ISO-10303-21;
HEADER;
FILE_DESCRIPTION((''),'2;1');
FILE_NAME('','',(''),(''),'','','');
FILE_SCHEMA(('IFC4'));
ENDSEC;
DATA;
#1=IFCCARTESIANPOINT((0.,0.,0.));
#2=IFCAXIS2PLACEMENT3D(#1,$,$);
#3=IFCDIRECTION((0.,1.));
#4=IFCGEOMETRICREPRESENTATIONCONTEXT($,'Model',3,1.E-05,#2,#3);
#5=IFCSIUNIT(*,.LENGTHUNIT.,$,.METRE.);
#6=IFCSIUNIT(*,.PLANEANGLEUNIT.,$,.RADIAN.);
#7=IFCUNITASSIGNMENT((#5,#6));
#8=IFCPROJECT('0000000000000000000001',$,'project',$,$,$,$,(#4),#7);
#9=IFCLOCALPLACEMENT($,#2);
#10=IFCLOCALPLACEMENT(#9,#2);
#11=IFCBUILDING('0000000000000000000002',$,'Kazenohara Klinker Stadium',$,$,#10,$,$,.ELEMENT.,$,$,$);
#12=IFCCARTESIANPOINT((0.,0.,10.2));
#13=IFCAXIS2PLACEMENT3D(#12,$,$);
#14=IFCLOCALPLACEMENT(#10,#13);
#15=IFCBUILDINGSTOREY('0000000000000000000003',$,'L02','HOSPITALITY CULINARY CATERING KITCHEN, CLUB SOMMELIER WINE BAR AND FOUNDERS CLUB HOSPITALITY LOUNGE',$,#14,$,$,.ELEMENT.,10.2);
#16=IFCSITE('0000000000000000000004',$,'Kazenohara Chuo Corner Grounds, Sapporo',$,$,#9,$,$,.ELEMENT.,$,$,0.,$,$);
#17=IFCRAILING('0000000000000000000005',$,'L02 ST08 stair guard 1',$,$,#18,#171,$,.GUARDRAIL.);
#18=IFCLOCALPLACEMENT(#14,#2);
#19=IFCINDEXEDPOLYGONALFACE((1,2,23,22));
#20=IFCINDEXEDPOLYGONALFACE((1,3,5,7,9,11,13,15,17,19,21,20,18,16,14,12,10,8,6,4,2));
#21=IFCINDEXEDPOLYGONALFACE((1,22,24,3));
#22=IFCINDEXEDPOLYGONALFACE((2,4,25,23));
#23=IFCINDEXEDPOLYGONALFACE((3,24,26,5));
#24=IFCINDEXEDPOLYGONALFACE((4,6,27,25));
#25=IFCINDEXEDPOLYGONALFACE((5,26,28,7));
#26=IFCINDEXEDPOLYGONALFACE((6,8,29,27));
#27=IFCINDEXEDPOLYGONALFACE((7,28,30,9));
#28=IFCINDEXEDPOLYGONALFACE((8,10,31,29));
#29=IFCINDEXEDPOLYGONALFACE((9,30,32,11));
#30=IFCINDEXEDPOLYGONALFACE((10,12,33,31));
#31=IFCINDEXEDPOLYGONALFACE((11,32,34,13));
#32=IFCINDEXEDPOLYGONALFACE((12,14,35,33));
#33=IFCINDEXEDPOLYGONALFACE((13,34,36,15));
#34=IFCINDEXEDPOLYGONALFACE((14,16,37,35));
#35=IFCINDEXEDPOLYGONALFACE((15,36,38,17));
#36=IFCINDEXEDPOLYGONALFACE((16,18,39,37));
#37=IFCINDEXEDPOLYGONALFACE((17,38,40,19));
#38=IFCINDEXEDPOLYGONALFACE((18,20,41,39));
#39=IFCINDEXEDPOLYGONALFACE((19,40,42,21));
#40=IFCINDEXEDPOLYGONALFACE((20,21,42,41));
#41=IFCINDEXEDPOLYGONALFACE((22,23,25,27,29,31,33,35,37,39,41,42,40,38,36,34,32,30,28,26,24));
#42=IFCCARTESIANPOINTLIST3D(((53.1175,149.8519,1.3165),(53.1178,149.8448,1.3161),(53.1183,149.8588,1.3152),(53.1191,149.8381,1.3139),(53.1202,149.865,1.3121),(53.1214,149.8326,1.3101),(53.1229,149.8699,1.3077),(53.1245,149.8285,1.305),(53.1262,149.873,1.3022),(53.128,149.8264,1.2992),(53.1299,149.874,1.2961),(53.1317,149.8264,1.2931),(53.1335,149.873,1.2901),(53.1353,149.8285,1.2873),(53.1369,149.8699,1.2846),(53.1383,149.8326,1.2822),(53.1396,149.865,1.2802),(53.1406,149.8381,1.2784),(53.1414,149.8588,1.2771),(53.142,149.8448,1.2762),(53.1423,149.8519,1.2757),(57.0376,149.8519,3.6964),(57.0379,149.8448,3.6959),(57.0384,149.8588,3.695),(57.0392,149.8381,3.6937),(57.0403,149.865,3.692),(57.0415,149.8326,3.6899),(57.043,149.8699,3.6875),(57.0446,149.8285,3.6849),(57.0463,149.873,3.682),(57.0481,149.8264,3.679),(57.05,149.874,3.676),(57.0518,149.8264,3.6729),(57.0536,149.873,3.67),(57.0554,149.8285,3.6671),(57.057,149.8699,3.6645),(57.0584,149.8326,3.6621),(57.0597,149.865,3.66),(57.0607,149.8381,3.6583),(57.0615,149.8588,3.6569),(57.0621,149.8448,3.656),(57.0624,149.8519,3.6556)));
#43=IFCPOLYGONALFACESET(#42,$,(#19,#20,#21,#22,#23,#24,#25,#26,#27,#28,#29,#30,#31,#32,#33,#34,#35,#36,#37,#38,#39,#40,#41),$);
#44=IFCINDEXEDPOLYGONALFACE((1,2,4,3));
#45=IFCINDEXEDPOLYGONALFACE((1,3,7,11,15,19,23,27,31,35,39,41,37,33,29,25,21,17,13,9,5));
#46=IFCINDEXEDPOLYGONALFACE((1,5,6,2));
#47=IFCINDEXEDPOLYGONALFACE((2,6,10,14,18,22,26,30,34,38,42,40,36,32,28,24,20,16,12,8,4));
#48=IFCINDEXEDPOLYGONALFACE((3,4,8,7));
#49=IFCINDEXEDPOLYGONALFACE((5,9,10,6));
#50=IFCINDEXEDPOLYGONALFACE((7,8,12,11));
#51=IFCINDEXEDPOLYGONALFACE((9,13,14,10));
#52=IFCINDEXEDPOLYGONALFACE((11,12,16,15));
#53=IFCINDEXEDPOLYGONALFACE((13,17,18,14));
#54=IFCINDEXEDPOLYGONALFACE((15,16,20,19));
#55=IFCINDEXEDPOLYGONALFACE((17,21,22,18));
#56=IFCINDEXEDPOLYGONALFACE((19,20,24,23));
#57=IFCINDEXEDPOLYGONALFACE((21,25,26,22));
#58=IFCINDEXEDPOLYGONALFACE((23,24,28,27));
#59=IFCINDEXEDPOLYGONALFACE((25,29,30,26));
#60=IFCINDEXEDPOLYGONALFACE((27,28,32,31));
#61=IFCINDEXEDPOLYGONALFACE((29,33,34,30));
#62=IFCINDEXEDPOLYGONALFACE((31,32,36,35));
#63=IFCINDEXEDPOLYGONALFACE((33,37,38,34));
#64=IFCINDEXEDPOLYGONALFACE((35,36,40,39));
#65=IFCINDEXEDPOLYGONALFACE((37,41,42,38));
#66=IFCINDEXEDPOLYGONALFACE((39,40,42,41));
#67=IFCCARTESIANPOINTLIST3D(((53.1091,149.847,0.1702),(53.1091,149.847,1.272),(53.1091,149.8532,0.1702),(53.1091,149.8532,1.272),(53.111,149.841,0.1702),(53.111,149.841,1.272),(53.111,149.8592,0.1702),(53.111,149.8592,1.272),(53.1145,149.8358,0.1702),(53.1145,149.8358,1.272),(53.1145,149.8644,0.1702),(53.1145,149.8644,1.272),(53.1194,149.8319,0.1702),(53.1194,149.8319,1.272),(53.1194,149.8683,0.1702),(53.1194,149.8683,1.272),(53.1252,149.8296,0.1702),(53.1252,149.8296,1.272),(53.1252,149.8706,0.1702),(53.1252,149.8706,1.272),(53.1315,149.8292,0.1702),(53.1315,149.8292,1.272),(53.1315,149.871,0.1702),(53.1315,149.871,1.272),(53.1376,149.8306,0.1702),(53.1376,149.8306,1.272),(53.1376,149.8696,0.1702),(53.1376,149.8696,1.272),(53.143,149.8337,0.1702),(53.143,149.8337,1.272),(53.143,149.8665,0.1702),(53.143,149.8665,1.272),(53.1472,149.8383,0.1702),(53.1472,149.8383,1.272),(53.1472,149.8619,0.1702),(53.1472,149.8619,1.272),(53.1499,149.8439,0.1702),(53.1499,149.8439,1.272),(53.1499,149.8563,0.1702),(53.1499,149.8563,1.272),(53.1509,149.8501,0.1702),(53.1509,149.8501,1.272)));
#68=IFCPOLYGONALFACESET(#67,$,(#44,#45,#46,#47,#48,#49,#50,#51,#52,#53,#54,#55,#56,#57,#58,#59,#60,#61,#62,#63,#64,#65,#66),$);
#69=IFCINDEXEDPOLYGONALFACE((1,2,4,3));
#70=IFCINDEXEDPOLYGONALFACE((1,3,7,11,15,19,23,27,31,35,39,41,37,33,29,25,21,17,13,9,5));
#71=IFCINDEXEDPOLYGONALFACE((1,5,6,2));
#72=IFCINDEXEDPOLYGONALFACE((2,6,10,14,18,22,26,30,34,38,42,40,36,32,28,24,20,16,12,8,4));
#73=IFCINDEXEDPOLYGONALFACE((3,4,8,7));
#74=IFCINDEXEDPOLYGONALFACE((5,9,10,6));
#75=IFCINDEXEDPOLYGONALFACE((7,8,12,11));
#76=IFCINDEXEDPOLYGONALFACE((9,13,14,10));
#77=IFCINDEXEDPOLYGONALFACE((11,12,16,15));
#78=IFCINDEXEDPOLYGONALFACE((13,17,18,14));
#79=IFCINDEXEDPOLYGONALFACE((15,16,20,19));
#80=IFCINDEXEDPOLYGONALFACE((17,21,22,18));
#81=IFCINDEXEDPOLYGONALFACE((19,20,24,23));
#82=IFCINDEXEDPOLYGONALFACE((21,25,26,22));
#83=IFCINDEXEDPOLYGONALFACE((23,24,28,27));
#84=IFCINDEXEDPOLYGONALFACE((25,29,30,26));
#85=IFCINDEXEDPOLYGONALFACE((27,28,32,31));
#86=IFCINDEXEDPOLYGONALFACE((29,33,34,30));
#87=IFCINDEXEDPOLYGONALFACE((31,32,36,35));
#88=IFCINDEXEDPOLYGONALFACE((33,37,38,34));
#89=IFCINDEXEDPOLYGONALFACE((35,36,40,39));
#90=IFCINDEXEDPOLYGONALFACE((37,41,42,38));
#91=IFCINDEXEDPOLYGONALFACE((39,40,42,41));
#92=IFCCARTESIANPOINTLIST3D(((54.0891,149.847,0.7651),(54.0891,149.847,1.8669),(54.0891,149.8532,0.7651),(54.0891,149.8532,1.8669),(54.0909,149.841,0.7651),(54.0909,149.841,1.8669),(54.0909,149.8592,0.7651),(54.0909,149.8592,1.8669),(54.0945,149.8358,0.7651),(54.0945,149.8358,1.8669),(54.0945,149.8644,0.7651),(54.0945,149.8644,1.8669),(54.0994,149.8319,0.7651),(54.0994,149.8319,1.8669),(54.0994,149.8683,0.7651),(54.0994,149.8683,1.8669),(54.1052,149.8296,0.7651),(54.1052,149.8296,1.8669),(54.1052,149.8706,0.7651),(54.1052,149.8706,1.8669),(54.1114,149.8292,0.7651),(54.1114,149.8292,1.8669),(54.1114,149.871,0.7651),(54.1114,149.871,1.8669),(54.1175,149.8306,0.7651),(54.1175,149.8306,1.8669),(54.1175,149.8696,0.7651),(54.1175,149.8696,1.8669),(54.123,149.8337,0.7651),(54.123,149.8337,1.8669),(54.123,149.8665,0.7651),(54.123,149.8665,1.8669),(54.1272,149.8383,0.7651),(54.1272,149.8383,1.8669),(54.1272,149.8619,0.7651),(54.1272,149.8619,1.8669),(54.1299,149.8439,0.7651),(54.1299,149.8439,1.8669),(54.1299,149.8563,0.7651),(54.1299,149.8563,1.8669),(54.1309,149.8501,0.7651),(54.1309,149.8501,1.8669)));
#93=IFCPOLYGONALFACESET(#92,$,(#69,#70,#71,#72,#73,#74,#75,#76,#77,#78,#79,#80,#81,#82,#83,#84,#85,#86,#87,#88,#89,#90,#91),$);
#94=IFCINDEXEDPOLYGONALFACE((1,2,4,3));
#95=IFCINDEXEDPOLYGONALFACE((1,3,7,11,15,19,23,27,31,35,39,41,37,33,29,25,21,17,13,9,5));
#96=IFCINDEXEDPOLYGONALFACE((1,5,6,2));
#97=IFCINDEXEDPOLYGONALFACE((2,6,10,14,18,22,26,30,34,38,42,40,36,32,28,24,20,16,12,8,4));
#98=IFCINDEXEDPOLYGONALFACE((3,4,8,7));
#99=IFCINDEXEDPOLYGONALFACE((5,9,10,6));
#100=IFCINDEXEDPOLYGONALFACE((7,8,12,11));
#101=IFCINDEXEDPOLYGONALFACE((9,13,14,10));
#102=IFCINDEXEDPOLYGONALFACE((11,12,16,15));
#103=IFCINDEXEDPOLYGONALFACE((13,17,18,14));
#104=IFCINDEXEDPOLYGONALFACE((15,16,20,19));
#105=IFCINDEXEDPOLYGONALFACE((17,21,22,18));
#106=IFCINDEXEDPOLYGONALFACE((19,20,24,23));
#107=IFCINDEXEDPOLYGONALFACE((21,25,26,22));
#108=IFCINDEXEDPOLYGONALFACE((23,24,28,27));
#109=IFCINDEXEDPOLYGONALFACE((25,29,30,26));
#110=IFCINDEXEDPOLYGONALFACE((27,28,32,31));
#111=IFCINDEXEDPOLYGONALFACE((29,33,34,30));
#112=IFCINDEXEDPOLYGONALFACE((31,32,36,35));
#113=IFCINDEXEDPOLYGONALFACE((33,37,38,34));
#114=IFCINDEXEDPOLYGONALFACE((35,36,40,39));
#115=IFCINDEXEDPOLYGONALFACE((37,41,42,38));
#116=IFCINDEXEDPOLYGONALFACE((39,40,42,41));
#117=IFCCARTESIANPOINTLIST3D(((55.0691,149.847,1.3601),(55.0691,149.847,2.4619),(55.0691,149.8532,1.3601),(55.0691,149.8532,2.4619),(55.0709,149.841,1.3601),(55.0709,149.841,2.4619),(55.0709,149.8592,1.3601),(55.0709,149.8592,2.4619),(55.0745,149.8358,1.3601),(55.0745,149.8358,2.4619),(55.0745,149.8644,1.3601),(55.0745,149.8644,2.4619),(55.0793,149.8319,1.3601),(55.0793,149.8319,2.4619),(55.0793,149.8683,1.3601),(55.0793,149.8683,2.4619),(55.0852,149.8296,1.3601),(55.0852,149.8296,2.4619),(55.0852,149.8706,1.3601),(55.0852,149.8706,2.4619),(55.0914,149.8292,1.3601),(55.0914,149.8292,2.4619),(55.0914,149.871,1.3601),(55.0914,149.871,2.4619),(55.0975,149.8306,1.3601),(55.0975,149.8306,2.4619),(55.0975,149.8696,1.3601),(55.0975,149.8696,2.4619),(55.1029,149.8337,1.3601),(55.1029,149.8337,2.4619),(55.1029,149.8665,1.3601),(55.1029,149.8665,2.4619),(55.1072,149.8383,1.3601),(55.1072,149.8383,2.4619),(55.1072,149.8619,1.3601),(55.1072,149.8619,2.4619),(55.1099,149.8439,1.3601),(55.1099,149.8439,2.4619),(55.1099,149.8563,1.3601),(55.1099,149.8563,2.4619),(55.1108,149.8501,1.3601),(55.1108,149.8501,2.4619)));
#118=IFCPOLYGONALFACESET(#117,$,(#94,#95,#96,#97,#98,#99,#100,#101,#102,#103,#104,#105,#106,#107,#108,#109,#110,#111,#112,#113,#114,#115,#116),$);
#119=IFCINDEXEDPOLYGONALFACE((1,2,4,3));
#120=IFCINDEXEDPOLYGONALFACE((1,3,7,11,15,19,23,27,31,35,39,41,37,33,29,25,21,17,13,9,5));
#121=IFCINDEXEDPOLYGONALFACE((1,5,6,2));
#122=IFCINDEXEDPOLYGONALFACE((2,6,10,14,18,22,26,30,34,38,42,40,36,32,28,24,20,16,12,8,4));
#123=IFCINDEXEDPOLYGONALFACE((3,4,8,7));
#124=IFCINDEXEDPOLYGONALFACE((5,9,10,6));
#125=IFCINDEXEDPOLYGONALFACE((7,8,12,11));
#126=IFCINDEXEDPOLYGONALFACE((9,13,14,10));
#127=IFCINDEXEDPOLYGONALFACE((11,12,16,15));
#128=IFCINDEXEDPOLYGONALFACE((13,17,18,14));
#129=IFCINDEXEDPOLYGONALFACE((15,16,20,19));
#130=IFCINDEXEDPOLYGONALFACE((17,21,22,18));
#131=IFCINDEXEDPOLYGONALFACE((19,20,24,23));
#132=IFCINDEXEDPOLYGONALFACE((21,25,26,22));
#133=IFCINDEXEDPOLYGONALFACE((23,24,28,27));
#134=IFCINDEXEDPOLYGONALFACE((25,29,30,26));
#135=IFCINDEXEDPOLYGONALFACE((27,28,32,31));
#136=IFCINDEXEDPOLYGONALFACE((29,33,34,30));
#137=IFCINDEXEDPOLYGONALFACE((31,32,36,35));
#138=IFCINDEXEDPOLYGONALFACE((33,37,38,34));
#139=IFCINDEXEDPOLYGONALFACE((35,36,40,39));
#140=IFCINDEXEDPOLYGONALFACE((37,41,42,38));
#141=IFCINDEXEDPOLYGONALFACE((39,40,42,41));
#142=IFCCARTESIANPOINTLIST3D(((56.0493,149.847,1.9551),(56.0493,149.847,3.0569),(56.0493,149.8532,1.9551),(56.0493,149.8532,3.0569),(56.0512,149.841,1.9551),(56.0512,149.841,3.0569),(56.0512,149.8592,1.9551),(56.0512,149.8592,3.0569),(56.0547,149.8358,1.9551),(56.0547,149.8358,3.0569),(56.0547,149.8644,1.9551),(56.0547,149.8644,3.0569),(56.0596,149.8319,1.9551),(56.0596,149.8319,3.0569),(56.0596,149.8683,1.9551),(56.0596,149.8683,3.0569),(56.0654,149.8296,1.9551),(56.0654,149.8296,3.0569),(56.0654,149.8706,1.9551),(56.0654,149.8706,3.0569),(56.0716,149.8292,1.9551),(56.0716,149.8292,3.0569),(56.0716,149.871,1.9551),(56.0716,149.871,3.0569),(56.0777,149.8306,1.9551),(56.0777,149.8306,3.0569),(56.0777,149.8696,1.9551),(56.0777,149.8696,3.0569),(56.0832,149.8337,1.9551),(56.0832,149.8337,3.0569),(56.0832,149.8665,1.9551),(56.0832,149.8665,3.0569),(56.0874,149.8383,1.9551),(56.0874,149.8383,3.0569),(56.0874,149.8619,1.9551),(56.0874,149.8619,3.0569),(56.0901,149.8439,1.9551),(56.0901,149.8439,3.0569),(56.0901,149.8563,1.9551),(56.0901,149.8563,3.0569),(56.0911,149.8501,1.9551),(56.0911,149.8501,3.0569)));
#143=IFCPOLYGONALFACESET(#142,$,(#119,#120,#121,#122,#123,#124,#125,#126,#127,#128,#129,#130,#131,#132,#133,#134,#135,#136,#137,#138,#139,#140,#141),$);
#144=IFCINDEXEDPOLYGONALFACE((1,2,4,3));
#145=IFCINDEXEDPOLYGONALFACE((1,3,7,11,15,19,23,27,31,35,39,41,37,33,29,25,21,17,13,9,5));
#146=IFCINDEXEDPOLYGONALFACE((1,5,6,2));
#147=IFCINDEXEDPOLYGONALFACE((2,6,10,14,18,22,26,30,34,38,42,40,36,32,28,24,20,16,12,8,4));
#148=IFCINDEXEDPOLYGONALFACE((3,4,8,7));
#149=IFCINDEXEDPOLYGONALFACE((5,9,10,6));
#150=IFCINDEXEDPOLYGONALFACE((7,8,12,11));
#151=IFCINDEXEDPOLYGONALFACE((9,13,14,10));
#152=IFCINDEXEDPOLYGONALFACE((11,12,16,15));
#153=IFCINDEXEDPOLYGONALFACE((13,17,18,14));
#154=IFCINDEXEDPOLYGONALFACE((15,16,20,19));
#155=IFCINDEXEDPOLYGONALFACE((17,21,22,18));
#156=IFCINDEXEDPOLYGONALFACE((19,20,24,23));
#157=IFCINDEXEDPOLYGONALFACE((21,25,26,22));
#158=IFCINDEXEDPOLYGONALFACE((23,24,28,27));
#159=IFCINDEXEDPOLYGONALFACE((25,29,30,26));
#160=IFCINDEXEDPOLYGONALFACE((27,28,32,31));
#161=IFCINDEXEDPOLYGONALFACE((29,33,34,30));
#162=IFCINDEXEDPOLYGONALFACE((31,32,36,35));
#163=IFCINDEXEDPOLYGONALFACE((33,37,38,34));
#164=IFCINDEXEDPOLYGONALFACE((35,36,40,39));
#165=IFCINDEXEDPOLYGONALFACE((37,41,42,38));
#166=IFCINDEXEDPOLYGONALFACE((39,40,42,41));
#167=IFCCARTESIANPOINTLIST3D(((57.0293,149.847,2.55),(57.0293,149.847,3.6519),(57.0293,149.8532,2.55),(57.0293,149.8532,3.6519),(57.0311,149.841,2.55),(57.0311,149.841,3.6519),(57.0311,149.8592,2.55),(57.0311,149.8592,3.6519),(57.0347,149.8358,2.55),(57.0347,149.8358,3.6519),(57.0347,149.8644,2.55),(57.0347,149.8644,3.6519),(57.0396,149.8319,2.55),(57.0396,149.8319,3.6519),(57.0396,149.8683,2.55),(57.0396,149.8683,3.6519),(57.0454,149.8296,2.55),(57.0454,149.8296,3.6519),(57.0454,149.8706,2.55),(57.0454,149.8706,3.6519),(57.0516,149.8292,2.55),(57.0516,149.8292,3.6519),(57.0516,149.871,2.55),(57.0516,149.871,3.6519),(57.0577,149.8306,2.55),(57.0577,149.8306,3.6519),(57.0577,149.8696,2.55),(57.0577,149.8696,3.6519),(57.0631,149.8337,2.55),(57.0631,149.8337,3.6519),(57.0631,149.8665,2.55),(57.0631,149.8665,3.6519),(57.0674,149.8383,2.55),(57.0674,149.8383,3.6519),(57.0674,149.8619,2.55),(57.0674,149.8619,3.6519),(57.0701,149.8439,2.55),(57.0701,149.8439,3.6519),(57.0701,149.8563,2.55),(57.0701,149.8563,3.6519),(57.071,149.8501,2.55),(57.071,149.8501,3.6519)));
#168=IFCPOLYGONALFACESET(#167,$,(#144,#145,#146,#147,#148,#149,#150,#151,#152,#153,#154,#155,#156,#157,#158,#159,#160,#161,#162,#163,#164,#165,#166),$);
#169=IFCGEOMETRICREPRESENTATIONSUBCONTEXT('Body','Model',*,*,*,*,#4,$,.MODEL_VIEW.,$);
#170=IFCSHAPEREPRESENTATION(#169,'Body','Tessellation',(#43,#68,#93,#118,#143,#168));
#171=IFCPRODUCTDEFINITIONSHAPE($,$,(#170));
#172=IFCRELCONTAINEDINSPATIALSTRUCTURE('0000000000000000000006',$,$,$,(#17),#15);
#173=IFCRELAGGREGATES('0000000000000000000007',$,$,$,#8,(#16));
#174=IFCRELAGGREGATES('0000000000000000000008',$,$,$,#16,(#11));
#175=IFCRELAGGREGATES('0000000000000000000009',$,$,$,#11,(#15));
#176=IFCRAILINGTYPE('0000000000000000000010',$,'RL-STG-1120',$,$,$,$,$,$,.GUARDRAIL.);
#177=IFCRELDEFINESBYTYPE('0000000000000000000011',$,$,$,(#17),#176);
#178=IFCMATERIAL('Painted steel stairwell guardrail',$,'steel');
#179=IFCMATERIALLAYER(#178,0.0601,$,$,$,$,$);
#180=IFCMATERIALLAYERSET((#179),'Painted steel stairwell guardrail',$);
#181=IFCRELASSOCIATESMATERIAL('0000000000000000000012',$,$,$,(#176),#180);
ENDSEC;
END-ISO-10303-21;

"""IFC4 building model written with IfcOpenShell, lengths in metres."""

from ifc_helpers import new_model, si_unit, direction, frame, origin, origin_2d, place, context, subcontext, project, spatial, circle, extrude, material, layer, layer_set, type_object, element, save


model = new_model("IFC4")

# Units and contexts
model_context = context("Model", 3, precision=1e-05, world=origin(), true_north=direction((0.0, 1.0)))
body_context = subcontext(model_context, "Body", "Model", "MODEL_VIEW")
ifc_project = project(units=[si_unit("LENGTHUNIT", "METRE"), si_unit("PLANEANGLEUNIT", "RADIAN")], contexts=[model_context])

# Site, building, storey
site_placement = place(None, origin())
site = spatial("IfcSite", under=ifc_project, at=site_placement, Name="Kazenohara Chuo Corner Grounds, Sapporo", CompositionType="ELEMENT", RefElevation=0.0)
building_placement = place(site_placement, origin())
building = spatial("IfcBuilding", under=site, at=building_placement, Name="Kazenohara Klinker Stadium", CompositionType="ELEMENT")
storey_placement = place(building_placement, frame((0.0, 0.0, 10.2)))
storey = spatial("IfcBuildingStorey", under=building, at=storey_placement, Name="L02", Description="HOSPITALITY CULINARY CATERING KITCHEN, CLUB SOMMELIER WINE BAR AND FOUNDERS CLUB HOSPITALITY LOUNGE", CompositionType="ELEMENT", Elevation=10.2)

# Railing
ifc_material_1 = material(Name="Painted steel stairwell guardrail", Category="steel")
ifc_layer_1 = layer(ifc_material_1, 0.0601)
ifc_layer_set_1 = layer_set([ifc_layer_1], Name="Painted steel stairwell guardrail")
railing_type_1 = type_object("IfcRailingType", Name="RL-STG-1120", PredefinedType="GUARDRAIL", material=ifc_layer_set_1)
railing_1_placement = place(storey_placement, frame((53.1299, 149.8501, 0.1702)))
element("IfcRailing", 1, at=railing_1_placement, inside=storey, type_object=railing_type_1, Name="L02 ST08 stair guard 1", PredefinedType="GUARDRAIL", context=body_context, shape_type="SweptSolid", body=[
    extrude(circle(Radius=0.0239, at=origin_2d()), frame((0.0, 0.0, 1.126), z_axis=(0.854809, 0.0, 0.518943), x_axis=(0.0, 1.0, 0.0)), (0.0, 0.0, 1.0), 4.5859),
    extrude(circle(Radius=0.021, at=origin_2d()), origin(), (0.0, 0.0, 1.0), 1.1018),
    extrude(circle(Radius=0.021, at=origin_2d()), frame((0.98, 0.0, 0.595)), (0.0, 0.0, 1.0), 1.1018),
    extrude(circle(Radius=0.021, at=origin_2d()), frame((1.96, 0.0, 1.1899)), (0.0, 0.0, 1.0), 1.1018),
    extrude(circle(Radius=0.021, at=origin_2d()), frame((2.9402, 0.0, 1.7849)), (0.0, 0.0, 1.0), 1.1018),
    extrude(circle(Radius=0.021, at=origin_2d()), frame((3.9202, 0.0, 2.3799)), (0.0, 0.0, 1.0), 1.1018),
])

save(model, "model.ifc")
